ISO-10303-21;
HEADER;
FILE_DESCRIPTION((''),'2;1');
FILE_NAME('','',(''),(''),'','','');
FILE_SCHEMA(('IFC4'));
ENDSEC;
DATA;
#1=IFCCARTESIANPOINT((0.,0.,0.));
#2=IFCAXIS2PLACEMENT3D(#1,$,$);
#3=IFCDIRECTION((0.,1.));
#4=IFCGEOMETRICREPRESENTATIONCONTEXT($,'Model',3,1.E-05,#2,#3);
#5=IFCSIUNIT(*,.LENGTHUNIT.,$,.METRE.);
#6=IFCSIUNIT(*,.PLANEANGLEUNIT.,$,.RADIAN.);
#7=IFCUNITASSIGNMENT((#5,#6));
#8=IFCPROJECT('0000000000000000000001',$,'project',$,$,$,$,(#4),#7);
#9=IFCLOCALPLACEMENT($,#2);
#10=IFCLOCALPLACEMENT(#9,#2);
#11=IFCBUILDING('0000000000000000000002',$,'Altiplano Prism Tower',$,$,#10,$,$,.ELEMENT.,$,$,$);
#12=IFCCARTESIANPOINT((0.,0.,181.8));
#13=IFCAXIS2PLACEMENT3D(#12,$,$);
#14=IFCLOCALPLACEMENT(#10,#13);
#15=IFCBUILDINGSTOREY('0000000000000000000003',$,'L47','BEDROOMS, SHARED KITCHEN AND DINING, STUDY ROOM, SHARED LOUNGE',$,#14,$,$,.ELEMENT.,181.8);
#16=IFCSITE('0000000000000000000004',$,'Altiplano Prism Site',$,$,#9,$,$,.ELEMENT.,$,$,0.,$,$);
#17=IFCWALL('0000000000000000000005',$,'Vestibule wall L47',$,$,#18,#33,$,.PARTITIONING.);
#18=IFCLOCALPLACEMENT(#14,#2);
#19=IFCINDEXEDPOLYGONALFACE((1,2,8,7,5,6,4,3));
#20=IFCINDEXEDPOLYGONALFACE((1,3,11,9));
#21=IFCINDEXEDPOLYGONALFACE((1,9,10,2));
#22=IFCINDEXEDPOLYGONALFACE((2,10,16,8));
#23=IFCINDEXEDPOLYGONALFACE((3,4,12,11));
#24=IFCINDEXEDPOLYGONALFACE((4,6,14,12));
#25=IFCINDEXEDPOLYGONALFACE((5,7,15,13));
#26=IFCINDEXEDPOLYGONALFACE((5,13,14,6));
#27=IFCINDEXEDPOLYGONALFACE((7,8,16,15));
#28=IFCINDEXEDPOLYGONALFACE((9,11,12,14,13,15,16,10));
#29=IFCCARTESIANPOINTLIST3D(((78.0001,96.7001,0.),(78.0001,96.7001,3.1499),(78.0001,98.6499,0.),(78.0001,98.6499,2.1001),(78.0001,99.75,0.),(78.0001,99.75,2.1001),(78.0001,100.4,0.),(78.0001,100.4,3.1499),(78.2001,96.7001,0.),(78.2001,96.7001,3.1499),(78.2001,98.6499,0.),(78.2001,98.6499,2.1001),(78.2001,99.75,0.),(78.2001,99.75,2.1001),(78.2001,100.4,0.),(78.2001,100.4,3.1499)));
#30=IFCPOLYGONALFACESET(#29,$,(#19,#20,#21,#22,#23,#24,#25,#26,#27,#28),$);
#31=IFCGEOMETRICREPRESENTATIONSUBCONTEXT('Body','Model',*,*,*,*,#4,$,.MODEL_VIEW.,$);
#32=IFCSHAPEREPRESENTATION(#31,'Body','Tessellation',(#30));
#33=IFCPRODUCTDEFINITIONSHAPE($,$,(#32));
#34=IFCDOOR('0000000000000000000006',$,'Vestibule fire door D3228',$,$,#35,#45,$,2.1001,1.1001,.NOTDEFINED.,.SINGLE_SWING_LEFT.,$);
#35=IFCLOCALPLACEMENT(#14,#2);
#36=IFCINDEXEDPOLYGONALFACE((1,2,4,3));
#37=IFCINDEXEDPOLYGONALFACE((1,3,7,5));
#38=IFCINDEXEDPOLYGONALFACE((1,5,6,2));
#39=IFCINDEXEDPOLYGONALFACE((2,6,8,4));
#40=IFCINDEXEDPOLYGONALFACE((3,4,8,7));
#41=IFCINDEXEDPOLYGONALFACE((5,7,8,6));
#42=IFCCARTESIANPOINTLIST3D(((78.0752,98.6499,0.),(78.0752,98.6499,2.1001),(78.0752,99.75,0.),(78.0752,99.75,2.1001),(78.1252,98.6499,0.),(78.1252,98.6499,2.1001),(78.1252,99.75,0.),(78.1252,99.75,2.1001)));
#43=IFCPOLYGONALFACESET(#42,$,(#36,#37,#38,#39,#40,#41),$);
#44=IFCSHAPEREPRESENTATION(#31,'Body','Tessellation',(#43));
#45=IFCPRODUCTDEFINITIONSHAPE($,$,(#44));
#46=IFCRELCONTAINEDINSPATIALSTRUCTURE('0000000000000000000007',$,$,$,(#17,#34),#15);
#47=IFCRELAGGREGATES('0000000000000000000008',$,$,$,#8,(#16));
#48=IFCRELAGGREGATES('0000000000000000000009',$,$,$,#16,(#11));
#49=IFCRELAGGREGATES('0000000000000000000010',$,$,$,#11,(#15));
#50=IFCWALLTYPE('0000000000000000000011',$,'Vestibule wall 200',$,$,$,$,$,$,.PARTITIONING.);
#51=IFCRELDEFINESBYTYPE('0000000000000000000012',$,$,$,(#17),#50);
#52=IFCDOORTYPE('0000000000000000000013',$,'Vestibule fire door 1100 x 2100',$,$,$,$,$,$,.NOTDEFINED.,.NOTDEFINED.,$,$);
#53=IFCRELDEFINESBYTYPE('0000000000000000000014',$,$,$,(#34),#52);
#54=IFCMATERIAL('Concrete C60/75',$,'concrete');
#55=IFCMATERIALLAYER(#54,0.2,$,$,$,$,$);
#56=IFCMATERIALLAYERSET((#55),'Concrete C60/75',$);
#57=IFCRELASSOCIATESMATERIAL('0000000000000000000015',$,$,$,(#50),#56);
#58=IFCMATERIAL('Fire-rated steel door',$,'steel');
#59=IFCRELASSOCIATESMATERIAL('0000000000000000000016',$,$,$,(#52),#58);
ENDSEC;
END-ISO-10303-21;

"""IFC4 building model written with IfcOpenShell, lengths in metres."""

from ifc_helpers import new_model, si_unit, direction, frame, frame_2d, origin, place, context, subcontext, project, spatial, rectangle, extrude, material, layer, layer_set, type_object, element, fill, save


model = new_model("IFC4")

# Units and contexts
model_context = context("Model", 3, precision=1e-05, world=origin(), true_north=direction((0.0, 1.0)))
body_context = subcontext(model_context, "Body", "Model", "MODEL_VIEW")
ifc_project = project(units=[si_unit("LENGTHUNIT", "METRE"), si_unit("PLANEANGLEUNIT", "RADIAN")], contexts=[model_context])

# Site, building, storey
site_placement = place(None, origin())
site = spatial("IfcSite", under=ifc_project, at=site_placement, Name="Altiplano Prism Site", CompositionType="ELEMENT", RefElevation=0.0)
building_placement = place(site_placement, origin())
building = spatial("IfcBuilding", under=site, at=building_placement, Name="Altiplano Prism Tower", CompositionType="ELEMENT")
storey_placement = place(building_placement, frame((0.0, 0.0, 181.8)))
storey = spatial("IfcBuildingStorey", under=building, at=storey_placement, Name="L47", Description="BEDROOMS, SHARED KITCHEN AND DINING, STUDY ROOM, SHARED LOUNGE", CompositionType="ELEMENT", Elevation=181.8)

# Shared definitions
ifc_material_1 = material(Name="Concrete C60/75", Category="concrete")
ifc_material_2 = material(Name="Fire-rated steel door", Category="steel")

# Shared definitions
ifc_layer_1 = layer(ifc_material_1, 0.2)
ifc_layer_set_1 = layer_set([ifc_layer_1], Name="Concrete C60/75")
wall_type_1 = type_object("IfcWallType", Name="Vestibule wall 200", PredefinedType="PARTITIONING", material=ifc_layer_set_1)

# Wall, opening, door
wall_1_placement = place(storey_placement, frame((78.1001, 96.7, 0.0), z_axis=(0.0, 0.0, 1.0), x_axis=(0.0, 1.0, 0.0)))
wall_1 = element("IfcWall", 1, at=wall_1_placement, inside=storey, type_object=wall_type_1, Name="Vestibule wall L47", PredefinedType="PARTITIONING", context=body_context, shape_type="SweptSolid", body=[
    extrude(rectangle(XDim=3.7, YDim=0.2, at=frame_2d((1.8501, 0.0))), origin(), (0.0, 0.0, 1.0), 3.1499),
])
opening_1_placement = place(wall_1_placement, frame((1.95, 0.0, 0.0)))
opening_1 = element("IfcOpeningElement", 2, at=opening_1_placement, cuts=wall_1, PredefinedType="OPENING", context=body_context, shape_type="SweptSolid", body=[
    extrude(rectangle(XDim=1.1001, YDim=2.1001, at=frame_2d((0.55, 1.05))), frame((0.0, 0.1104, 0.0), z_axis=(0.0, -1.0, 0.0), x_axis=(1.0, 0.0, 0.0)), (0.0, 0.0, 1.0), 0.2209),
])
door_type_1 = type_object("IfcDoorType", Name="Vestibule fire door 1100 x 2100", OperationType="NOTDEFINED", PredefinedType="NOTDEFINED", material=ifc_material_2)
door_1_placement = place(opening_1_placement, origin())
door_1 = element("IfcDoor", 3, at=door_1_placement, inside=storey, type_object=door_type_1, Name="Vestibule fire door D3228", OperationType="SINGLE_SWING_LEFT", OverallHeight=2.1001, OverallWidth=1.1001, PredefinedType="NOTDEFINED", context=body_context, shape_type="SweptSolid", body=[
    extrude(rectangle(XDim=1.1001, YDim=2.1001, at=frame_2d((0.55, 1.05))), frame((0.0, 0.0249, 0.0), z_axis=(0.0, -1.0, 0.0), x_axis=(1.0, 0.0, 0.0)), (0.0, 0.0, 1.0), 0.05),
])
fill(opening_1, door_1)

save(model, "model.ifc")
